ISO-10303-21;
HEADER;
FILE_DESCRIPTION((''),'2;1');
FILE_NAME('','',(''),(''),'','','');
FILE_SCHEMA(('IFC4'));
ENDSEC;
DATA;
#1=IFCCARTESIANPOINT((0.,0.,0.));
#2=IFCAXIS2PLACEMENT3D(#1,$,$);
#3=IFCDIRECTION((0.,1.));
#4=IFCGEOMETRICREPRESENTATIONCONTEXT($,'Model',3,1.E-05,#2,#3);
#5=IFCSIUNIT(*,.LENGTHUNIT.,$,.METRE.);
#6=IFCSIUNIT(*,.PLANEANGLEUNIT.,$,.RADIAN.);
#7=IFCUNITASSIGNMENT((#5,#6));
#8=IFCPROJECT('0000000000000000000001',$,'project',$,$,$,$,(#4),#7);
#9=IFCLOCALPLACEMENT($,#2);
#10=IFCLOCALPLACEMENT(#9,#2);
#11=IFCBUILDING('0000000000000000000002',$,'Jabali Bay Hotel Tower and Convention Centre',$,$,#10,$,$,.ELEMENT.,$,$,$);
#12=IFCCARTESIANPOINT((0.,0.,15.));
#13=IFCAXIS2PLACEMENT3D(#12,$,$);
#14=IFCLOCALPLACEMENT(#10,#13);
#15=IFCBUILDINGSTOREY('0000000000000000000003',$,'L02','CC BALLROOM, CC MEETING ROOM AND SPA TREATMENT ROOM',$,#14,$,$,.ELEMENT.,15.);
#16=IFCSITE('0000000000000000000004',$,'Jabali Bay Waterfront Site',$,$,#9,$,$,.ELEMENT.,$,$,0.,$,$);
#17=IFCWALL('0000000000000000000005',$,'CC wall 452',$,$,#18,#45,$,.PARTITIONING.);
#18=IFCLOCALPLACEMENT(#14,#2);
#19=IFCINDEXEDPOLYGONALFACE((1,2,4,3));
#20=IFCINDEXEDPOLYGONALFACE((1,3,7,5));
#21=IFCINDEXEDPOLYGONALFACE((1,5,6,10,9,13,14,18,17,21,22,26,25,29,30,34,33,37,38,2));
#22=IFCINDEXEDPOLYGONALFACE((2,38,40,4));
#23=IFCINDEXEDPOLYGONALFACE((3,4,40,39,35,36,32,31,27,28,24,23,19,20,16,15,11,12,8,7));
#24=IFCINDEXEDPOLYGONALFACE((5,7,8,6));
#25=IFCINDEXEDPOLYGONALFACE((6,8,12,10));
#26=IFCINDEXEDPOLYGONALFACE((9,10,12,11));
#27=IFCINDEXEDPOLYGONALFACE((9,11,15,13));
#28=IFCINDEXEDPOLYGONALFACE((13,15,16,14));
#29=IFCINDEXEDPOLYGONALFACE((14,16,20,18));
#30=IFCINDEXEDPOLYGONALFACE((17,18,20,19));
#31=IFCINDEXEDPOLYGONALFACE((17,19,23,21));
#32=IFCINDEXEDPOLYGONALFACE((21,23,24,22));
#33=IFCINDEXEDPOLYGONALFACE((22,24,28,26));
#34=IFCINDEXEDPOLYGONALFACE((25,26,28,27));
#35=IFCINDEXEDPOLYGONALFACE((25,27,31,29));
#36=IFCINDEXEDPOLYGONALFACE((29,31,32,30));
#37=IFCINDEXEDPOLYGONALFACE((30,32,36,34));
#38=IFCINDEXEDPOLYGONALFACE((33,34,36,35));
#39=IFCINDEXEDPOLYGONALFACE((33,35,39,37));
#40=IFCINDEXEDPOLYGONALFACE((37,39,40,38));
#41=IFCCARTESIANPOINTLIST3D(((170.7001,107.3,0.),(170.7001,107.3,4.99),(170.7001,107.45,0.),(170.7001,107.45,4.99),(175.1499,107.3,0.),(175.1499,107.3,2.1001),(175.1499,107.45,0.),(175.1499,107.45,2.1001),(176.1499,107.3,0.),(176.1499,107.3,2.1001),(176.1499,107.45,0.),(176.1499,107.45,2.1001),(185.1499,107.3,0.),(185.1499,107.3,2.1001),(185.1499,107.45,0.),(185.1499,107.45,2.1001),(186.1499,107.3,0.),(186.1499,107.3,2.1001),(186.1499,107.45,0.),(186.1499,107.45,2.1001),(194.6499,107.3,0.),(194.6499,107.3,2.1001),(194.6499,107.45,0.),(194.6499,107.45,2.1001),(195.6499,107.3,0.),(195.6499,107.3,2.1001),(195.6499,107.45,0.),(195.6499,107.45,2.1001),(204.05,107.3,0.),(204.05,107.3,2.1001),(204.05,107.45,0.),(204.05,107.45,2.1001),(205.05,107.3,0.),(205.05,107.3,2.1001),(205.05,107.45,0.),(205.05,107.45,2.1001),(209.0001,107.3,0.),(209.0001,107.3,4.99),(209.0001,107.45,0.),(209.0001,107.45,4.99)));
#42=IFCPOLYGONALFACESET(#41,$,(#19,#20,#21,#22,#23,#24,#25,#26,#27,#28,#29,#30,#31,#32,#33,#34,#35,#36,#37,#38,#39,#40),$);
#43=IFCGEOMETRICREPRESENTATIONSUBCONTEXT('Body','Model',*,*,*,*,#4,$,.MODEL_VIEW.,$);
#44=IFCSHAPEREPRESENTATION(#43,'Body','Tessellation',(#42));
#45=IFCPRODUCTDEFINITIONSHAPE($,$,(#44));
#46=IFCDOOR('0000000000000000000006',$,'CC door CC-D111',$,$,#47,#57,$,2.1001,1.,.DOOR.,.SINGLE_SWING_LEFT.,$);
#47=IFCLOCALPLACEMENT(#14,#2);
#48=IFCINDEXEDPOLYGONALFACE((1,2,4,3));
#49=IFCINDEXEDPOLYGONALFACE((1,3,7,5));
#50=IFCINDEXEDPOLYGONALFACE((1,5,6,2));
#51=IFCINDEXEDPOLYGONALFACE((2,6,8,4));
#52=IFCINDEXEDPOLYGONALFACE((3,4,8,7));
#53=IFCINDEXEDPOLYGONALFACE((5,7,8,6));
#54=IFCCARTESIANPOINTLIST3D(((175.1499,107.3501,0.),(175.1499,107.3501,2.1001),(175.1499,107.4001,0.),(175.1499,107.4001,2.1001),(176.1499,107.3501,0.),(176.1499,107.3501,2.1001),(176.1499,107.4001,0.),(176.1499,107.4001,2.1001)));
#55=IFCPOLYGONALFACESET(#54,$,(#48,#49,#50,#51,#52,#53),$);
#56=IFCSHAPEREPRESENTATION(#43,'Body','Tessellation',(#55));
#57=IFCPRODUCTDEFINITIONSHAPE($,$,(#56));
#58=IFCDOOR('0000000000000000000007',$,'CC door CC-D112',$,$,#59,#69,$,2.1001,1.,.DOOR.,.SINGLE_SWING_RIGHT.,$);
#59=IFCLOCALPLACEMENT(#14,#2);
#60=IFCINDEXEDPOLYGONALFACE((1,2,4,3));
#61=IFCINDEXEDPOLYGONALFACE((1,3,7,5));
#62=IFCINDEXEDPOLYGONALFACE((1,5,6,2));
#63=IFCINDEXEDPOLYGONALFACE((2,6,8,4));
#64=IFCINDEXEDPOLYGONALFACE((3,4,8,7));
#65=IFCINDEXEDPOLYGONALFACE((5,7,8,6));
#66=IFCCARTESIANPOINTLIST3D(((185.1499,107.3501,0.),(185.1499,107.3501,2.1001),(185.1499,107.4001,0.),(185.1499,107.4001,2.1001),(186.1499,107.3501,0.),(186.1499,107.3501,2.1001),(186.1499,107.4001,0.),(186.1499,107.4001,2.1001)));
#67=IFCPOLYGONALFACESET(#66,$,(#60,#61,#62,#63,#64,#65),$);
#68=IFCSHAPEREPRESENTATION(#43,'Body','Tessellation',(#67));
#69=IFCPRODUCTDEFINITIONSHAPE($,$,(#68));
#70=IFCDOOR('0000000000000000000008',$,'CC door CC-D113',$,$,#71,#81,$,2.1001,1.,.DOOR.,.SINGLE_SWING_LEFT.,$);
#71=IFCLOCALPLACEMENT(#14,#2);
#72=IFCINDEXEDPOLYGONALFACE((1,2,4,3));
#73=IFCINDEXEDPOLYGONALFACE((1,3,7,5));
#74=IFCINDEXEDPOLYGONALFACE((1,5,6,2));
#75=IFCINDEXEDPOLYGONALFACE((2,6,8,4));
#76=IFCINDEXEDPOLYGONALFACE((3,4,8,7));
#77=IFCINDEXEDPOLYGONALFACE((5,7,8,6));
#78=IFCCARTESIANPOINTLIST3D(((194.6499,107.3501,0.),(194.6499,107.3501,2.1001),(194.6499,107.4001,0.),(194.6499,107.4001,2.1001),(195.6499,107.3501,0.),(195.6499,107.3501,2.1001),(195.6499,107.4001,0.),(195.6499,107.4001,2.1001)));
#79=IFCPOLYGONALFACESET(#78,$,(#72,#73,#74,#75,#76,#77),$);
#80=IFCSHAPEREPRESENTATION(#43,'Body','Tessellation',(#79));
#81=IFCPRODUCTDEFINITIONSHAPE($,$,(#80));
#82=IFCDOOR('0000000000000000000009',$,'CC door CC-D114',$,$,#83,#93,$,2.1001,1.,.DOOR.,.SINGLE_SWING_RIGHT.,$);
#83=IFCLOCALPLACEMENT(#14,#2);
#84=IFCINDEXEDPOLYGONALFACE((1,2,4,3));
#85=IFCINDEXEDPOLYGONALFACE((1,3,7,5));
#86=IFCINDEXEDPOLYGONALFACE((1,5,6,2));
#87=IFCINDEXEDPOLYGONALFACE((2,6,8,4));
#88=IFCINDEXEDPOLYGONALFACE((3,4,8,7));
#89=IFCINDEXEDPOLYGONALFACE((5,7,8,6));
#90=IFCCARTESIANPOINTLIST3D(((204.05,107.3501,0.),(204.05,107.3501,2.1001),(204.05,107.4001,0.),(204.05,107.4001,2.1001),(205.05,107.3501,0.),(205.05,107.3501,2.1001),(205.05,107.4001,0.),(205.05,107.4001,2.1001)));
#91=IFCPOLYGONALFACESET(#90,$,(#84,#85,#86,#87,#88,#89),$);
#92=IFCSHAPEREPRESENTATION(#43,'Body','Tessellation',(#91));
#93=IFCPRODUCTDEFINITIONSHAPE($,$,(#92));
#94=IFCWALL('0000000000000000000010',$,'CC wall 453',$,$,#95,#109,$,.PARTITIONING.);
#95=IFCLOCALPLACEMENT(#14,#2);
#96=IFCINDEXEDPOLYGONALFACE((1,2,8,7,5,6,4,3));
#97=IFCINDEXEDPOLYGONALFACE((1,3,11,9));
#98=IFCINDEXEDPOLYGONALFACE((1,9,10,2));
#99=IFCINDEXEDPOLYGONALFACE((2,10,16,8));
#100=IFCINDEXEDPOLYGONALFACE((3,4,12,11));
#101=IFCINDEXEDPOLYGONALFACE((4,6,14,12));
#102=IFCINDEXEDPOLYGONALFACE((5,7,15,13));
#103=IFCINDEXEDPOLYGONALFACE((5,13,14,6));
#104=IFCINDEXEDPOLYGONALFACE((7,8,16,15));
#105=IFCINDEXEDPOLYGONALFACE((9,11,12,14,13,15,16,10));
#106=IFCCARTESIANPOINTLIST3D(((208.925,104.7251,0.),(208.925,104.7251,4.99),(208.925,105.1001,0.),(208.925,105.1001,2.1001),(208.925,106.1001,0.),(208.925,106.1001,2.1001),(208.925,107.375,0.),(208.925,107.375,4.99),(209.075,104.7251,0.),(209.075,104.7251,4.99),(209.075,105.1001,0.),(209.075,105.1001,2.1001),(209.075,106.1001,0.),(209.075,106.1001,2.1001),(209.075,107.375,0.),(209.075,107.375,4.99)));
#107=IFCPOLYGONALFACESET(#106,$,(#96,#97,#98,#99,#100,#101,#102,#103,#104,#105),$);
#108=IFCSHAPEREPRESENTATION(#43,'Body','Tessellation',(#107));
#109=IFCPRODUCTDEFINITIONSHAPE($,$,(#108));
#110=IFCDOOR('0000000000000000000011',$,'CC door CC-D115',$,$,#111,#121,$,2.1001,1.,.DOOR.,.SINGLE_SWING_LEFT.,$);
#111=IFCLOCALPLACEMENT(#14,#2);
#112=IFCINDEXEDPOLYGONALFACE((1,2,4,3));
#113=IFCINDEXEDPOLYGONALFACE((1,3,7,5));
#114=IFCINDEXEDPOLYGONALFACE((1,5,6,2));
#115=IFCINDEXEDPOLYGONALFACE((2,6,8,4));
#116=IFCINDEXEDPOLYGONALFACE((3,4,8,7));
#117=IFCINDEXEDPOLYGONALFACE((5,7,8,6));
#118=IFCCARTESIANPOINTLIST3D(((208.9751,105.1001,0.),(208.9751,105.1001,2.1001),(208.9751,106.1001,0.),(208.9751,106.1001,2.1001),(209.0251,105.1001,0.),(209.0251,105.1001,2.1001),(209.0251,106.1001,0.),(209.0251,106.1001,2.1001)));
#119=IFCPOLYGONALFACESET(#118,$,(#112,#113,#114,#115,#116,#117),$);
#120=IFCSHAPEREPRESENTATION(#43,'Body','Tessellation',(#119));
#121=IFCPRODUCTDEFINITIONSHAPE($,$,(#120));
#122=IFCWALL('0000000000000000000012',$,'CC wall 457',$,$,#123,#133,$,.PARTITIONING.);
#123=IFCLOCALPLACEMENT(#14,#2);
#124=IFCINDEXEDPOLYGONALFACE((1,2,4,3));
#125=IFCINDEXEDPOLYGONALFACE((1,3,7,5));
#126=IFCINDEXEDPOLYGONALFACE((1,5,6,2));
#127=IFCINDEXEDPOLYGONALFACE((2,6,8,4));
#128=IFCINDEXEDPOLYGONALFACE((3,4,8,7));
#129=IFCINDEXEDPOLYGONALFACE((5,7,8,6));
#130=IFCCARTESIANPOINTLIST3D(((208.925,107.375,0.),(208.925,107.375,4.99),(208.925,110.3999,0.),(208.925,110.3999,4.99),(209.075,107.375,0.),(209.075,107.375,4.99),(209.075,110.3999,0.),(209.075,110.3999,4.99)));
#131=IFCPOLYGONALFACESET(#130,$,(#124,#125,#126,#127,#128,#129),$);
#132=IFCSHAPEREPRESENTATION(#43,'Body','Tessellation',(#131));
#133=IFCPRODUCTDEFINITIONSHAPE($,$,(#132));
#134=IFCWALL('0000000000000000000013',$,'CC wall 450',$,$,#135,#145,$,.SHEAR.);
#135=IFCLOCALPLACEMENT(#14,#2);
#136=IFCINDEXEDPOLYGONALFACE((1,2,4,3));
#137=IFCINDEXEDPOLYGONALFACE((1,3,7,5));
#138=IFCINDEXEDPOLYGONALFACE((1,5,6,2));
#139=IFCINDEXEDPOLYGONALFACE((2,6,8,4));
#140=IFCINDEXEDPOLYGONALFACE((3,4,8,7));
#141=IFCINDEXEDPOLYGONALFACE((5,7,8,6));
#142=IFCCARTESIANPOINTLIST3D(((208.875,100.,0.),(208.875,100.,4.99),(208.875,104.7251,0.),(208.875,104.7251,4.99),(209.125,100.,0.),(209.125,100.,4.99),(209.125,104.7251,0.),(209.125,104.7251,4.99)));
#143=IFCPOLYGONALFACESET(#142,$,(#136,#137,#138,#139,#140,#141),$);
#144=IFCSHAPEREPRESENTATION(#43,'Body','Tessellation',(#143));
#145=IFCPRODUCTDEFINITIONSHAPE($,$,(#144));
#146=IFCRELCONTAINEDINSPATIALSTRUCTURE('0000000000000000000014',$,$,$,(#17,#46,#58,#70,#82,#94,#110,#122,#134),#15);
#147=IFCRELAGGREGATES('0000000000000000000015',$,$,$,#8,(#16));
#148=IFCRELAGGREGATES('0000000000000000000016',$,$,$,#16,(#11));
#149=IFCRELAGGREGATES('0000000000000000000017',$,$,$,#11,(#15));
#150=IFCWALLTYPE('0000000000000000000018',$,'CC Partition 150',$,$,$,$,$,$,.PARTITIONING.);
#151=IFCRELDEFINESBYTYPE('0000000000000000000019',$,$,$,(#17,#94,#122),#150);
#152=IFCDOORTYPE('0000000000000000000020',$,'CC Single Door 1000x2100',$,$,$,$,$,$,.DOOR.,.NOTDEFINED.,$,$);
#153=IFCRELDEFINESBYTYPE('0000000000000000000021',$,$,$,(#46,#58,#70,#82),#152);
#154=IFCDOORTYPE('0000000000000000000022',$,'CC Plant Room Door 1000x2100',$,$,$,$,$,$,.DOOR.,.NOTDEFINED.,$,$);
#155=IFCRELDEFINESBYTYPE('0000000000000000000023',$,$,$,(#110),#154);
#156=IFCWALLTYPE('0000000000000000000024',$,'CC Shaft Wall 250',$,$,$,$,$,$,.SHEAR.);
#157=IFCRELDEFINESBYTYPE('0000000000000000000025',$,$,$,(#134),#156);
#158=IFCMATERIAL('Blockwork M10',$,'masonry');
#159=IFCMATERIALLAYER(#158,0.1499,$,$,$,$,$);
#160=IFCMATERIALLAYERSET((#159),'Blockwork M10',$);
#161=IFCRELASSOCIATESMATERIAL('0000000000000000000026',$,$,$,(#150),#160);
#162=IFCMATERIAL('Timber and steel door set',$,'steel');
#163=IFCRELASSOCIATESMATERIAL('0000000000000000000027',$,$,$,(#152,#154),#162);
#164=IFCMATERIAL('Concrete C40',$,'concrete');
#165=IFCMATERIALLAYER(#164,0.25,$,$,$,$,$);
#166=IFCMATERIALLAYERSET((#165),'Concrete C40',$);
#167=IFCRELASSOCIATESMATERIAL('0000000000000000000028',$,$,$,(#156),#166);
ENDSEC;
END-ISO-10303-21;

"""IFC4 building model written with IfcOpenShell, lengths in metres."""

from ifc_helpers import new_model, si_unit, direction, frame, frame_2d, origin, place, context, subcontext, project, spatial, rectangle, extrude, material, layer, layer_set, type_object, element, fill, save


model = new_model("IFC4")

# Units and contexts
model_context = context("Model", 3, precision=1e-05, world=origin(), true_north=direction((0.0, 1.0)))
body_context = subcontext(model_context, "Body", "Model", "MODEL_VIEW")
ifc_project = project(units=[si_unit("LENGTHUNIT", "METRE"), si_unit("PLANEANGLEUNIT", "RADIAN")], contexts=[model_context])

# Site, building, storey
site_placement = place(None, origin())
site = spatial("IfcSite", under=ifc_project, at=site_placement, Name="Jabali Bay Waterfront Site", CompositionType="ELEMENT", RefElevation=0.0)
building_placement = place(site_placement, origin())
building = spatial("IfcBuilding", under=site, at=building_placement, Name="Jabali Bay Hotel Tower and Convention Centre", CompositionType="ELEMENT")
storey_placement = place(building_placement, frame((0.0, 0.0, 15.0)))
storey = spatial("IfcBuildingStorey", under=building, at=storey_placement, Name="L02", Description="CC BALLROOM, CC MEETING ROOM AND SPA TREATMENT ROOM", CompositionType="ELEMENT", Elevation=15.0)

# Shared definitions
ifc_material_1 = material(Name="Concrete C40", Category="concrete")

# Wall, openings, doors
ifc_material_2 = material(Name="Blockwork M10", Category="masonry")
ifc_layer_1 = layer(ifc_material_2, 0.1499)
ifc_layer_set_1 = layer_set([ifc_layer_1], Name="Blockwork M10")
wall_type_1 = type_object("IfcWallType", Name="CC Partition 150", PredefinedType="PARTITIONING", material=ifc_layer_set_1)
wall_1_placement = place(storey_placement, frame((209.0, 107.375, 0.0), z_axis=(0.0, 0.0, 1.0), x_axis=(-1.0, 0.0, 0.0)))
wall_1 = element("IfcWall", 1, at=wall_1_placement, inside=storey, type_object=wall_type_1, Name="CC wall 452", PredefinedType="PARTITIONING", context=body_context, shape_type="SweptSolid", body=[
    extrude(rectangle(XDim=38.3, YDim=0.1499, at=frame_2d((19.1499, 0.0))), origin(), (0.0, 0.0, 1.0), 4.99),
])
opening_1_placement = place(wall_1_placement, frame((32.8501, 0.0, 0.0)))
opening_1 = element("IfcOpeningElement", 2, at=opening_1_placement, cuts=wall_1, PredefinedType="OPENING", context=body_context, shape_type="SweptSolid", body=[
    extrude(rectangle(XDim=1.0, YDim=2.1001, at=frame_2d((0.5, 1.05))), frame((0.0, 0.0854, 0.0), z_axis=(0.0, -1.0, 0.0), x_axis=(1.0, 0.0, 0.0)), (0.0, 0.0, 1.0), 0.1709),
])
opening_2_placement = place(wall_1_placement, frame((22.8501, 0.0, 0.0)))
opening_2 = element("IfcOpeningElement", 3, at=opening_2_placement, cuts=wall_1, PredefinedType="OPENING", context=body_context, shape_type="SweptSolid", body=[
    extrude(rectangle(XDim=1.0, YDim=2.1001, at=frame_2d((0.5, 1.05))), frame((0.0, 0.0854, 0.0), z_axis=(0.0, -1.0, 0.0), x_axis=(1.0, 0.0, 0.0)), (0.0, 0.0, 1.0), 0.1709),
])
opening_3_placement = place(wall_1_placement, frame((13.3501, 0.0, 0.0)))
opening_3 = element("IfcOpeningElement", 4, at=opening_3_placement, cuts=wall_1, PredefinedType="OPENING", context=body_context, shape_type="SweptSolid", body=[
    extrude(rectangle(XDim=1.0, YDim=2.1001, at=frame_2d((0.5, 1.05))), frame((0.0, 0.0854, 0.0), z_axis=(0.0, -1.0, 0.0), x_axis=(1.0, 0.0, 0.0)), (0.0, 0.0, 1.0), 0.1709),
])
opening_4_placement = place(wall_1_placement, frame((3.95, 0.0, 0.0)))
opening_4 = element("IfcOpeningElement", 5, at=opening_4_placement, cuts=wall_1, PredefinedType="OPENING", context=body_context, shape_type="SweptSolid", body=[
    extrude(rectangle(XDim=1.0, YDim=2.1001, at=frame_2d((0.5, 1.05))), frame((0.0, 0.0854, 0.0), z_axis=(0.0, -1.0, 0.0), x_axis=(1.0, 0.0, 0.0)), (0.0, 0.0, 1.0), 0.1709),
])
ifc_material_3 = material(Name="Timber and steel door set", Category="steel")
door_type_1 = type_object("IfcDoorType", Name="CC Single Door 1000x2100", OperationType="NOTDEFINED", PredefinedType="DOOR", material=ifc_material_3)
door_1_placement = place(opening_1_placement, origin())
door_1 = element("IfcDoor", 6, at=door_1_placement, inside=storey, type_object=door_type_1, Name="CC door CC-D111", OperationType="SINGLE_SWING_LEFT", OverallHeight=2.1001, OverallWidth=1.0, PredefinedType="DOOR", context=body_context, shape_type="SweptSolid", body=[
    extrude(rectangle(XDim=1.0, YDim=2.1001, at=frame_2d((0.5, 1.05))), frame((0.0, 0.0249, 0.0), z_axis=(0.0, -1.0, 0.0), x_axis=(1.0, 0.0, 0.0)), (0.0, 0.0, 1.0), 0.05),
])
fill(opening_1, door_1)
door_2_placement = place(opening_2_placement, origin())
door_2 = element("IfcDoor", 7, at=door_2_placement, inside=storey, type_object=door_type_1, Name="CC door CC-D112", OperationType="SINGLE_SWING_RIGHT", OverallHeight=2.1001, OverallWidth=1.0, PredefinedType="DOOR", context=body_context, shape_type="SweptSolid", body=[
    extrude(rectangle(XDim=1.0, YDim=2.1001, at=frame_2d((0.5, 1.05))), frame((0.0, 0.0249, 0.0), z_axis=(0.0, -1.0, 0.0), x_axis=(1.0, 0.0, 0.0)), (0.0, 0.0, 1.0), 0.05),
])
fill(opening_2, door_2)
door_3_placement = place(opening_3_placement, origin())
door_3 = element("IfcDoor", 8, at=door_3_placement, inside=storey, type_object=door_type_1, Name="CC door CC-D113", OperationType="SINGLE_SWING_LEFT", OverallHeight=2.1001, OverallWidth=1.0, PredefinedType="DOOR", context=body_context, shape_type="SweptSolid", body=[
    extrude(rectangle(XDim=1.0, YDim=2.1001, at=frame_2d((0.5, 1.05))), frame((0.0, 0.0249, 0.0), z_axis=(0.0, -1.0, 0.0), x_axis=(1.0, 0.0, 0.0)), (0.0, 0.0, 1.0), 0.05),
])
fill(opening_3, door_3)
door_4_placement = place(opening_4_placement, origin())
door_4 = element("IfcDoor", 9, at=door_4_placement, inside=storey, type_object=door_type_1, Name="CC door CC-D114", OperationType="SINGLE_SWING_RIGHT", OverallHeight=2.1001, OverallWidth=1.0, PredefinedType="DOOR", context=body_context, shape_type="SweptSolid", body=[
    extrude(rectangle(XDim=1.0, YDim=2.1001, at=frame_2d((0.5, 1.05))), frame((0.0, 0.0249, 0.0), z_axis=(0.0, -1.0, 0.0), x_axis=(1.0, 0.0, 0.0)), (0.0, 0.0, 1.0), 0.05),
])
fill(opening_4, door_4)

# Wall, opening, door
wall_2_placement = place(storey_placement, frame((209.0, 104.7251, 0.0), z_axis=(0.0, 0.0, 1.0), x_axis=(0.0, 1.0, 0.0)))
wall_2 = element("IfcWall", 10, at=wall_2_placement, inside=storey, type_object=wall_type_1, Name="CC wall 453", PredefinedType="PARTITIONING", context=body_context, shape_type="SweptSolid", body=[
    extrude(rectangle(XDim=2.6499, YDim=0.1499, at=frame_2d((1.325, 0.0))), origin(), (0.0, 0.0, 1.0), 4.99),
])
opening_5_placement = place(wall_2_placement, frame((0.375, 0.0, 0.0)))
opening_5 = element("IfcOpeningElement", 11, at=opening_5_placement, cuts=wall_2, PredefinedType="OPENING", context=body_context, shape_type="SweptSolid", body=[
    extrude(rectangle(XDim=1.0, YDim=2.1001, at=frame_2d((0.5, 1.05))), frame((0.0, 0.0854, 0.0), z_axis=(0.0, -1.0, 0.0), x_axis=(1.0, 0.0, 0.0)), (0.0, 0.0, 1.0), 0.1709),
])
door_type_2 = type_object("IfcDoorType", Name="CC Plant Room Door 1000x2100", OperationType="NOTDEFINED", PredefinedType="DOOR", material=ifc_material_3)
door_5_placement = place(opening_5_placement, origin())
door_5 = element("IfcDoor", 12, at=door_5_placement, inside=storey, type_object=door_type_2, Name="CC door CC-D115", OperationType="SINGLE_SWING_LEFT", OverallHeight=2.1001, OverallWidth=1.0, PredefinedType="DOOR", context=body_context, shape_type="SweptSolid", body=[
    extrude(rectangle(XDim=1.0, YDim=2.1001, at=frame_2d((0.5, 1.05))), frame((0.0, 0.0249, 0.0), z_axis=(0.0, -1.0, 0.0), x_axis=(1.0, 0.0, 0.0)), (0.0, 0.0, 1.0), 0.05),
])
fill(opening_5, door_5)

# Walls
wall_3_placement = place(storey_placement, frame((209.0, 107.375, 0.0), z_axis=(0.0, 0.0, 1.0), x_axis=(0.0, 1.0, 0.0)))
element("IfcWall", 13, at=wall_3_placement, inside=storey, type_object=wall_type_1, Name="CC wall 457", PredefinedType="PARTITIONING", context=body_context, shape_type="SweptSolid", body=[
    extrude(rectangle(XDim=3.0249, YDim=0.1499, at=frame_2d((1.5125, 0.0))), origin(), (0.0, 0.0, 1.0), 4.99),
])
ifc_layer_2 = layer(ifc_material_1, 0.25)
ifc_layer_set_2 = layer_set([ifc_layer_2], Name="Concrete C40")
wall_type_2 = type_object("IfcWallType", Name="CC Shaft Wall 250", PredefinedType="SHEAR", material=ifc_layer_set_2)
wall_4_placement = place(storey_placement, frame((209.0, 100.0, 0.0), z_axis=(0.0, 0.0, 1.0), x_axis=(0.0, 1.0, 0.0)))
element("IfcWall", 14, at=wall_4_placement, inside=storey, type_object=wall_type_2, Name="CC wall 450", PredefinedType="SHEAR", context=body_context, shape_type="SweptSolid", body=[
    extrude(rectangle(XDim=4.7251, YDim=0.25, at=frame_2d((2.3625, 0.0))), origin(), (0.0, 0.0, 1.0), 4.99),
])

save(model, "model.ifc")
